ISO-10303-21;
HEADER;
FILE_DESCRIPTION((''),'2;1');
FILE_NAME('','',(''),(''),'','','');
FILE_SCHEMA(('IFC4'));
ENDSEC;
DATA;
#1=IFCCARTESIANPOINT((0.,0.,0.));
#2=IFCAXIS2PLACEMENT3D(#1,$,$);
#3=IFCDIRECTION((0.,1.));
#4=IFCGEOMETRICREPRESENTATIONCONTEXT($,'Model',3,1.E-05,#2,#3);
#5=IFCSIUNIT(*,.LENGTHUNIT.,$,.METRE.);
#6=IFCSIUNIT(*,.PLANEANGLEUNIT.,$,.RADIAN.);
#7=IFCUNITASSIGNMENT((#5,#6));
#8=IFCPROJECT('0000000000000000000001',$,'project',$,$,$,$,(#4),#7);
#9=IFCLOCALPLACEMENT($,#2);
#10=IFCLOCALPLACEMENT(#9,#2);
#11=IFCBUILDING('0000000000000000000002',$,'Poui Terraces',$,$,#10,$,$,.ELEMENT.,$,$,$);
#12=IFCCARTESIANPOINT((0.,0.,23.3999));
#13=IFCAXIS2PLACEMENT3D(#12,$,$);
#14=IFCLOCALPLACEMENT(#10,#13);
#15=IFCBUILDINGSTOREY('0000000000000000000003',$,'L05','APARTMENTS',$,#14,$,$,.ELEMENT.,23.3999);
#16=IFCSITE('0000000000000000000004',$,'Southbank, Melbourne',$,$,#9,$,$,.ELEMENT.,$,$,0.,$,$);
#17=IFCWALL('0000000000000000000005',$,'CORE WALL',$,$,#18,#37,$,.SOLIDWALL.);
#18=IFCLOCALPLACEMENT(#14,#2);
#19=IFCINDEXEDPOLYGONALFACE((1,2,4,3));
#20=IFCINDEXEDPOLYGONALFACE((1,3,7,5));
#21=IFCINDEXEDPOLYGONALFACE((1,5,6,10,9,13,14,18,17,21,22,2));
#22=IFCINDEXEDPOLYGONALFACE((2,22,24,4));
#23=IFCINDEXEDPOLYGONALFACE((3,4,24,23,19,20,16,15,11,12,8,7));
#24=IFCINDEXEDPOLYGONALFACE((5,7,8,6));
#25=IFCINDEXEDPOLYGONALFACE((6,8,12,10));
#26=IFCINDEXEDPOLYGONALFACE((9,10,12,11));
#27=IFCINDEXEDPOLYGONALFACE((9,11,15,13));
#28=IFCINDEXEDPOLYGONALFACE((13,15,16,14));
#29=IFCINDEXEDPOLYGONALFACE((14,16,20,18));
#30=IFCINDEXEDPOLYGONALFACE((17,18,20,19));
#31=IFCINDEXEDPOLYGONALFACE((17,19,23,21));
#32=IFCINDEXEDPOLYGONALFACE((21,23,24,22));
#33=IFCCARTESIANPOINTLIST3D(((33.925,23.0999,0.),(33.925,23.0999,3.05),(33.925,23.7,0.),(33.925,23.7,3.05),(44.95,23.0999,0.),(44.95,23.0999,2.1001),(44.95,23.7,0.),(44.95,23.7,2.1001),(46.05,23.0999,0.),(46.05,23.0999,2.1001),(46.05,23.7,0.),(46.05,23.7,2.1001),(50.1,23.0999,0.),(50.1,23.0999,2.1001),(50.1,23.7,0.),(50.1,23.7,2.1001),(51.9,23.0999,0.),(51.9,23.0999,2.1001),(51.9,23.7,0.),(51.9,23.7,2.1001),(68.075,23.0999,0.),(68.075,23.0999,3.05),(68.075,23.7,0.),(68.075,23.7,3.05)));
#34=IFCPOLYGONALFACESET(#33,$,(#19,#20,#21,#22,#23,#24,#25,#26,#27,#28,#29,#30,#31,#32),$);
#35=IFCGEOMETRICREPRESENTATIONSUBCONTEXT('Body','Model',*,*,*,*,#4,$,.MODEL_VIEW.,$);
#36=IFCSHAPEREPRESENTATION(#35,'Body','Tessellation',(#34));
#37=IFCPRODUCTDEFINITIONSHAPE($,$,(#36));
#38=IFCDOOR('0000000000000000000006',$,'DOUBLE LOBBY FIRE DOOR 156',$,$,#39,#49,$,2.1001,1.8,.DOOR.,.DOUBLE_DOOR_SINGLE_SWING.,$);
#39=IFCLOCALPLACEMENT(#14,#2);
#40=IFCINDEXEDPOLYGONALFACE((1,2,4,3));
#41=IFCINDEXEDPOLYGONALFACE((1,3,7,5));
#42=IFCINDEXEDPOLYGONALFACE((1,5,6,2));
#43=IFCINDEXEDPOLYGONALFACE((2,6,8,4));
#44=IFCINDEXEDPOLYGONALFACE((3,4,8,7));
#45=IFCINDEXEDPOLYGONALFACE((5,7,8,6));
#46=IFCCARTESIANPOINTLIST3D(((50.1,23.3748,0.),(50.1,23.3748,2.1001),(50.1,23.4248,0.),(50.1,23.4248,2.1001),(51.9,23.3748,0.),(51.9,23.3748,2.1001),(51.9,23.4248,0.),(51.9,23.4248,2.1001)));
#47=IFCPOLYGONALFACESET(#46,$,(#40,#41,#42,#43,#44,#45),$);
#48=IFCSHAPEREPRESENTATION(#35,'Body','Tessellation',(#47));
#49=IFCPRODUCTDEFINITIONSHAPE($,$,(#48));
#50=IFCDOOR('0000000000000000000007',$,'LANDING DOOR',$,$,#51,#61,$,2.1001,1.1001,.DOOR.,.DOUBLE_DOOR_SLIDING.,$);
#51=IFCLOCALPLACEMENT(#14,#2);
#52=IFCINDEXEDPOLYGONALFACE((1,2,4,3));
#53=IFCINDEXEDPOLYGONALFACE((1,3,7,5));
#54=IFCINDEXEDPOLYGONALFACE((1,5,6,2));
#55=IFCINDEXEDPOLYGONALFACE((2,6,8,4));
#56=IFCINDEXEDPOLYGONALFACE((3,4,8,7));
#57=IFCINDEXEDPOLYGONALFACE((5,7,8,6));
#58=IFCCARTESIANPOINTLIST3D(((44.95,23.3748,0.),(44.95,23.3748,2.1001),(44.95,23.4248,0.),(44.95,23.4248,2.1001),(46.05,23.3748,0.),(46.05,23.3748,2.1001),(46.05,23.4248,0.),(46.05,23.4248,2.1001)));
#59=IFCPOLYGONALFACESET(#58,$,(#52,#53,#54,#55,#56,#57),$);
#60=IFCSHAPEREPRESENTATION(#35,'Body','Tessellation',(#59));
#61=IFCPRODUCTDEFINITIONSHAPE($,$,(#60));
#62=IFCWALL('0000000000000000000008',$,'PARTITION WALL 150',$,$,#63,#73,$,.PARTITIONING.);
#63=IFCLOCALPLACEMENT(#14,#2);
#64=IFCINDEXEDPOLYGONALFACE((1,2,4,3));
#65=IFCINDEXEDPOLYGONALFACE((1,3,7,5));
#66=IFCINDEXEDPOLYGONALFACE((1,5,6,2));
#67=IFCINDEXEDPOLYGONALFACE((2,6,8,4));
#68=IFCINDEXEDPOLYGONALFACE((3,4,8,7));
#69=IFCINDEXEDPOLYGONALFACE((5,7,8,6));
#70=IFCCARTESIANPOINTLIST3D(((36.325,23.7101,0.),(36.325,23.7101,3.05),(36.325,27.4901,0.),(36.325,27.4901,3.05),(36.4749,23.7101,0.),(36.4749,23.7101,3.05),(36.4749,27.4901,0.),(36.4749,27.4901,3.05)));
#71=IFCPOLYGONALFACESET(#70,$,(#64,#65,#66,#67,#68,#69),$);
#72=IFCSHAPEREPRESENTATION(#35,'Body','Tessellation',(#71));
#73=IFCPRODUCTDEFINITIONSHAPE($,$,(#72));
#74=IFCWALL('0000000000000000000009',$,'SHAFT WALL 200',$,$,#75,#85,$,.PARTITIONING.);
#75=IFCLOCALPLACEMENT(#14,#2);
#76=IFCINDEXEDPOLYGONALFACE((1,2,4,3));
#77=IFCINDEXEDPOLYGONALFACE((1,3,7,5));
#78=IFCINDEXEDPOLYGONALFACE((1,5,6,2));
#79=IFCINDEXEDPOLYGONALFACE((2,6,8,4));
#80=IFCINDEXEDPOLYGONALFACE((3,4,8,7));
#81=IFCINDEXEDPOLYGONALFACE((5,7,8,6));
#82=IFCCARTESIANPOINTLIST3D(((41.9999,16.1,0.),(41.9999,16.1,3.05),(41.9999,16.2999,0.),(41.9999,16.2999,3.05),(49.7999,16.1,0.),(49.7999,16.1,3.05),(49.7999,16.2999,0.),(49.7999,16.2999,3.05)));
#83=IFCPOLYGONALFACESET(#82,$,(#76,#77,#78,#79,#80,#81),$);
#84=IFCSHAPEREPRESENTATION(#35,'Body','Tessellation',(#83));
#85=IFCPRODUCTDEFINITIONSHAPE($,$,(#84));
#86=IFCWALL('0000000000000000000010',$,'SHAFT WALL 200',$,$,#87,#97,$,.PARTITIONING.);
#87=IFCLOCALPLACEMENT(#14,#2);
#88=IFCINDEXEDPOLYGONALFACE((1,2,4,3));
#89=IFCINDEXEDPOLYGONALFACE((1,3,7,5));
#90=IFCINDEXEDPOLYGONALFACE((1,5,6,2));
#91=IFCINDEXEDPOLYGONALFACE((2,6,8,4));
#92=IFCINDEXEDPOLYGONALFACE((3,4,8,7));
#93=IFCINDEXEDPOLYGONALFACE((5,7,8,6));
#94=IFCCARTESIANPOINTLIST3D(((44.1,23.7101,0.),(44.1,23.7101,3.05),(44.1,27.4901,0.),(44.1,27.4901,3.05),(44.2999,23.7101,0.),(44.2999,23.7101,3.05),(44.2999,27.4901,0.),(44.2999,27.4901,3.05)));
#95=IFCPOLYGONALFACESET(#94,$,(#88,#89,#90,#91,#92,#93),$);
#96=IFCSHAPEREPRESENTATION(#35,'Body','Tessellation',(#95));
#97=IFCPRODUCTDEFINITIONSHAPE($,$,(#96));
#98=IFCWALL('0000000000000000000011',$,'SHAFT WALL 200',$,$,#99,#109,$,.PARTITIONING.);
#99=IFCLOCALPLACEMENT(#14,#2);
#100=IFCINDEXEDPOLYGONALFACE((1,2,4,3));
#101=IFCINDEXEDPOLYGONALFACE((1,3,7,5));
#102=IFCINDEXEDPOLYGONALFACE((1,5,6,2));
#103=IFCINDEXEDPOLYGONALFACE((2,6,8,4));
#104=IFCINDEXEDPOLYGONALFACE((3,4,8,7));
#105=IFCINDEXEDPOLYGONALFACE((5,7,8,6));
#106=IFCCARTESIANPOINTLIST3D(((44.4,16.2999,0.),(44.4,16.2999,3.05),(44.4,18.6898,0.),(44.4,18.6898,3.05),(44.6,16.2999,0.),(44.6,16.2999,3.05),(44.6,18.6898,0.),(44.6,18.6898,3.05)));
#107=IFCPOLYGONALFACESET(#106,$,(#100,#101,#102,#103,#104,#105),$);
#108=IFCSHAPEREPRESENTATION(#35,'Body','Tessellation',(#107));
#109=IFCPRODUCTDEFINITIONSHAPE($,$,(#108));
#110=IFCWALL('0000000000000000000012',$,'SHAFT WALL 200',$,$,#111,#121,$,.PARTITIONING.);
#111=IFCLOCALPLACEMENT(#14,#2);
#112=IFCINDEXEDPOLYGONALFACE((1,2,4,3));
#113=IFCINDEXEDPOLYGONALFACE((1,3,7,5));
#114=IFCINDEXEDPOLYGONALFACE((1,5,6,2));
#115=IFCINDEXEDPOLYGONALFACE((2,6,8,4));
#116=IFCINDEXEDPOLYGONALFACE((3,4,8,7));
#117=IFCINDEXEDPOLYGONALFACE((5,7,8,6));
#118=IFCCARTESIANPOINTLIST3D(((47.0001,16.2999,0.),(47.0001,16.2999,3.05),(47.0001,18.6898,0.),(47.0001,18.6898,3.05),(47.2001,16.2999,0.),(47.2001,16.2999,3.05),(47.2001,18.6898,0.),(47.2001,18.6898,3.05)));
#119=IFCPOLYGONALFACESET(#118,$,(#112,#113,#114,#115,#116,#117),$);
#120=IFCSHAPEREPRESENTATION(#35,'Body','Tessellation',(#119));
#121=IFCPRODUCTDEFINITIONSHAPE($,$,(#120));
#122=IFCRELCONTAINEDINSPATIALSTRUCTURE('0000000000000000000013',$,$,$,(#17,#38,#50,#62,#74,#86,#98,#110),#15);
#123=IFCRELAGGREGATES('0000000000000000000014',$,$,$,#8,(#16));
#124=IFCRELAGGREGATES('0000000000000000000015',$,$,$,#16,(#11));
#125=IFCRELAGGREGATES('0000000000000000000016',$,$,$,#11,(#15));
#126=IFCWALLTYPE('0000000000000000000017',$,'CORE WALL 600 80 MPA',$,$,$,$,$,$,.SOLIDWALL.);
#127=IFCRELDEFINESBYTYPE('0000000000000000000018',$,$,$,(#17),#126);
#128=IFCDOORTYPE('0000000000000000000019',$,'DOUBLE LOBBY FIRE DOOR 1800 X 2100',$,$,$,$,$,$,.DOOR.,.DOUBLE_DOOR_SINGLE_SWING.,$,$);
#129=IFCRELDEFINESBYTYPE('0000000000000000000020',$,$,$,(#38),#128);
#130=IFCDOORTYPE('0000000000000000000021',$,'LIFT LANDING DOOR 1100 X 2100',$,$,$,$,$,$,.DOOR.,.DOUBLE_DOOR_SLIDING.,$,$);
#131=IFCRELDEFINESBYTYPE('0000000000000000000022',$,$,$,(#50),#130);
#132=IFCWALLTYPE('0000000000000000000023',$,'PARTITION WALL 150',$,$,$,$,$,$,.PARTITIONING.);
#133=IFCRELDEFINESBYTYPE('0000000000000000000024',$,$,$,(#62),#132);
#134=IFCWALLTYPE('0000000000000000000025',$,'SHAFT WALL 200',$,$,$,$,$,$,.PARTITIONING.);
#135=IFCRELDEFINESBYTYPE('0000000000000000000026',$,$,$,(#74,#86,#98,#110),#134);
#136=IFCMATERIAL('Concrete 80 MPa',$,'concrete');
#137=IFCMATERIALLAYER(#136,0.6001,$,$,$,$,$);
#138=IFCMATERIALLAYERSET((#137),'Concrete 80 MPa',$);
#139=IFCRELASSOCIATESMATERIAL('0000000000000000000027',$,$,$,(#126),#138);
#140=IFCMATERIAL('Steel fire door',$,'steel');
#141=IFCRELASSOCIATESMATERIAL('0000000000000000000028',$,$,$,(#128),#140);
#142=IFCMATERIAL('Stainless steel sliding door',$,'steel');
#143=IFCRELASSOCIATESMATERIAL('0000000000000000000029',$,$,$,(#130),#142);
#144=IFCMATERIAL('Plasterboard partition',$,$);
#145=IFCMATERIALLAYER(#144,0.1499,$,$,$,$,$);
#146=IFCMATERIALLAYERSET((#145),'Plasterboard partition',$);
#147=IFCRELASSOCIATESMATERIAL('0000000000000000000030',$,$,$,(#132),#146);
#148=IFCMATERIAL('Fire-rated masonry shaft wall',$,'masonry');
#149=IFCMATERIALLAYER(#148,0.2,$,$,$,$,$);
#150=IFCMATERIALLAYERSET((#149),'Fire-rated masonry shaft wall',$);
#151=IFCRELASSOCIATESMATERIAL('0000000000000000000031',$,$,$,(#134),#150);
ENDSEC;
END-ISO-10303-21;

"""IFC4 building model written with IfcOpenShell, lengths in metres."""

from ifc_helpers import new_model, si_unit, direction, frame, frame_2d, origin, place, context, subcontext, project, spatial, rectangle, extrude, material, layer, layer_set, type_object, element, fill, save


model = new_model("IFC4")

# Units and contexts
model_context = context("Model", 3, precision=1e-05, world=origin(), true_north=direction((0.0, 1.0)))
body_context = subcontext(model_context, "Body", "Model", "MODEL_VIEW")
ifc_project = project(units=[si_unit("LENGTHUNIT", "METRE"), si_unit("PLANEANGLEUNIT", "RADIAN")], contexts=[model_context])

# Site, building, storey
site_placement = place(None, origin())
site = spatial("IfcSite", under=ifc_project, at=site_placement, Name="Southbank, Melbourne", CompositionType="ELEMENT", RefElevation=0.0)
building_placement = place(site_placement, origin())
building = spatial("IfcBuilding", under=site, at=building_placement, Name="Poui Terraces", CompositionType="ELEMENT")
storey_placement = place(building_placement, frame((0.0, 0.0, 23.3999)))
storey = spatial("IfcBuildingStorey", under=building, at=storey_placement, Name="L05", Description="APARTMENTS", CompositionType="ELEMENT", Elevation=23.3999)

# Wall, openings, doors
ifc_material_1 = material(Name="Concrete 80 MPa", Category="concrete")
ifc_layer_1 = layer(ifc_material_1, 0.6001)
ifc_layer_set_1 = layer_set([ifc_layer_1], Name="Concrete 80 MPa")
wall_type_1 = type_object("IfcWallType", Name="CORE WALL 600 80 MPA", PredefinedType="SOLIDWALL", material=ifc_layer_set_1)
ifc_material_2 = material(Name="Steel fire door", Category="steel")
door_type_1 = type_object("IfcDoorType", Name="DOUBLE LOBBY FIRE DOOR 1800 X 2100", OperationType="DOUBLE_DOOR_SINGLE_SWING", PredefinedType="DOOR", material=ifc_material_2)
ifc_material_3 = material(Name="Stainless steel sliding door", Category="steel")
door_type_2 = type_object("IfcDoorType", Name="LIFT LANDING DOOR 1100 X 2100", OperationType="DOUBLE_DOOR_SLIDING", PredefinedType="DOOR", material=ifc_material_3)
wall_1_placement = place(storey_placement, frame((33.925, 23.3999, 0.0), z_axis=(0.0, 0.0, 1.0), x_axis=(1.0, 0.0, 0.0)))
wall_1 = element("IfcWall", 1, at=wall_1_placement, inside=storey, type_object=wall_type_1, Name="CORE WALL", PredefinedType="SOLIDWALL", context=body_context, shape_type="SweptSolid", body=[
    extrude(rectangle(XDim=34.1499, YDim=0.6001, at=frame_2d((17.075, 0.0))), origin(), (0.0, 0.0, 1.0), 3.05),
])
opening_1_placement = place(wall_1_placement, frame((16.175, 0.0, 0.0)))
opening_1 = element("IfcOpeningElement", 2, at=opening_1_placement, cuts=wall_1, PredefinedType="OPENING", context=body_context, shape_type="SweptSolid", body=[
    extrude(rectangle(XDim=1.8, YDim=2.1001, at=frame_2d((0.8999, 1.05))), frame((0.0, 0.3101, 0.0), z_axis=(0.0, -1.0, 0.0), x_axis=(1.0, 0.0, 0.0)), (0.0, 0.0, 1.0), 0.6201),
])
opening_2_placement = place(wall_1_placement, frame((11.0249, 0.0, 0.0)))
opening_2 = element("IfcOpeningElement", 3, at=opening_2_placement, cuts=wall_1, PredefinedType="OPENING", context=body_context, shape_type="SweptSolid", body=[
    extrude(rectangle(XDim=1.1001, YDim=2.1001, at=frame_2d((0.55, 1.05))), frame((0.0, 0.3101, 0.0), z_axis=(0.0, -1.0, 0.0), x_axis=(1.0, 0.0, 0.0)), (0.0, 0.0, 1.0), 0.6201),
])
door_1_placement = place(opening_1_placement, origin())
door_1 = element("IfcDoor", 4, at=door_1_placement, inside=storey, type_object=door_type_1, Name="DOUBLE LOBBY FIRE DOOR 156", OperationType="DOUBLE_DOOR_SINGLE_SWING", OverallHeight=2.1001, OverallWidth=1.8, PredefinedType="DOOR", context=body_context, shape_type="SweptSolid", body=[
    extrude(rectangle(XDim=1.8, YDim=2.1001, at=frame_2d((0.8999, 1.05))), frame((0.0, 0.0249, 0.0), z_axis=(0.0, -1.0, 0.0), x_axis=(1.0, 0.0, 0.0)), (0.0, 0.0, 1.0), 0.05),
])
fill(opening_1, door_1)
door_2_placement = place(opening_2_placement, origin())
door_2 = element("IfcDoor", 5, at=door_2_placement, inside=storey, type_object=door_type_2, Name="LANDING DOOR", OperationType="DOUBLE_DOOR_SLIDING", OverallHeight=2.1001, OverallWidth=1.1001, PredefinedType="DOOR", context=body_context, shape_type="SweptSolid", body=[
    extrude(rectangle(XDim=1.1001, YDim=2.1001, at=frame_2d((0.55, 1.05))), frame((0.0, 0.0249, 0.0), z_axis=(0.0, -1.0, 0.0), x_axis=(1.0, 0.0, 0.0)), (0.0, 0.0, 1.0), 0.05),
])
fill(opening_2, door_2)

# Walls
ifc_material_4 = material(Name="Plasterboard partition")
ifc_layer_2 = layer(ifc_material_4, 0.1499)
ifc_layer_set_2 = layer_set([ifc_layer_2], Name="Plasterboard partition")
wall_type_2 = type_object("IfcWallType", Name="PARTITION WALL 150", PredefinedType="PARTITIONING", material=ifc_layer_set_2)
wall_2_placement = place(storey_placement, frame((36.3999, 23.71, 0.0), z_axis=(0.0, 0.0, 1.0), x_axis=(0.0, 1.0, 0.0)))
element("IfcWall", 6, at=wall_2_placement, inside=storey, type_object=wall_type_2, Name="PARTITION WALL 150", PredefinedType="PARTITIONING", context=body_context, shape_type="SweptSolid", body=[
    extrude(rectangle(XDim=3.78, YDim=0.1499, at=frame_2d((1.8901, 0.0))), origin(), (0.0, 0.0, 1.0), 3.05),
])
ifc_material_5 = material(Name="Fire-rated masonry shaft wall", Category="masonry")
ifc_layer_3 = layer(ifc_material_5, 0.2)
ifc_layer_set_3 = layer_set([ifc_layer_3], Name="Fire-rated masonry shaft wall")
wall_type_3 = type_object("IfcWallType", Name="SHAFT WALL 200", PredefinedType="PARTITIONING", material=ifc_layer_set_3)
wall_3_placement = place(storey_placement, frame((42.0, 16.2, 0.0), z_axis=(0.0, 0.0, 1.0), x_axis=(1.0, 0.0, 0.0)))
element("IfcWall", 7, at=wall_3_placement, inside=storey, type_object=wall_type_3, Name="SHAFT WALL 200", PredefinedType="PARTITIONING", context=body_context, shape_type="SweptSolid", body=[
    extrude(rectangle(XDim=7.8, YDim=0.2, at=frame_2d((3.8999, 0.0))), origin(), (0.0, 0.0, 1.0), 3.05),
])
wall_4_placement = place(storey_placement, frame((44.2, 23.71, 0.0), z_axis=(0.0, 0.0, 1.0), x_axis=(0.0, 1.0, 0.0)))
element("IfcWall", 8, at=wall_4_placement, inside=storey, type_object=wall_type_3, Name="SHAFT WALL 200", PredefinedType="PARTITIONING", context=body_context, shape_type="SweptSolid", body=[
    extrude(rectangle(XDim=3.78, YDim=0.2, at=frame_2d((1.8901, 0.0))), origin(), (0.0, 0.0, 1.0), 3.05),
])
for number, where, z_axis, x_axis, name in (
    (9, (44.5, 16.3, 0.0), (0.0, 0.0, 1.0), (0.0, 1.0, 0.0), "SHAFT WALL 200"),
    (10, (47.1001, 16.3, 0.0), (0.0, 0.0, 1.0), (0.0, 1.0, 0.0), "SHAFT WALL 200"),
):
    element("IfcWall", number, at=place(storey_placement, frame(where, z_axis=z_axis, x_axis=x_axis)), inside=storey, type_object=wall_type_3, Name=name, PredefinedType="PARTITIONING", context=body_context, shape_type="SweptSolid", body=[
        extrude(rectangle(XDim=2.3899, YDim=0.2, at=frame_2d((1.1948, 0.0))), origin(), (0.0, 0.0, 1.0), 3.05),
    ])

save(model, "model.ifc")
